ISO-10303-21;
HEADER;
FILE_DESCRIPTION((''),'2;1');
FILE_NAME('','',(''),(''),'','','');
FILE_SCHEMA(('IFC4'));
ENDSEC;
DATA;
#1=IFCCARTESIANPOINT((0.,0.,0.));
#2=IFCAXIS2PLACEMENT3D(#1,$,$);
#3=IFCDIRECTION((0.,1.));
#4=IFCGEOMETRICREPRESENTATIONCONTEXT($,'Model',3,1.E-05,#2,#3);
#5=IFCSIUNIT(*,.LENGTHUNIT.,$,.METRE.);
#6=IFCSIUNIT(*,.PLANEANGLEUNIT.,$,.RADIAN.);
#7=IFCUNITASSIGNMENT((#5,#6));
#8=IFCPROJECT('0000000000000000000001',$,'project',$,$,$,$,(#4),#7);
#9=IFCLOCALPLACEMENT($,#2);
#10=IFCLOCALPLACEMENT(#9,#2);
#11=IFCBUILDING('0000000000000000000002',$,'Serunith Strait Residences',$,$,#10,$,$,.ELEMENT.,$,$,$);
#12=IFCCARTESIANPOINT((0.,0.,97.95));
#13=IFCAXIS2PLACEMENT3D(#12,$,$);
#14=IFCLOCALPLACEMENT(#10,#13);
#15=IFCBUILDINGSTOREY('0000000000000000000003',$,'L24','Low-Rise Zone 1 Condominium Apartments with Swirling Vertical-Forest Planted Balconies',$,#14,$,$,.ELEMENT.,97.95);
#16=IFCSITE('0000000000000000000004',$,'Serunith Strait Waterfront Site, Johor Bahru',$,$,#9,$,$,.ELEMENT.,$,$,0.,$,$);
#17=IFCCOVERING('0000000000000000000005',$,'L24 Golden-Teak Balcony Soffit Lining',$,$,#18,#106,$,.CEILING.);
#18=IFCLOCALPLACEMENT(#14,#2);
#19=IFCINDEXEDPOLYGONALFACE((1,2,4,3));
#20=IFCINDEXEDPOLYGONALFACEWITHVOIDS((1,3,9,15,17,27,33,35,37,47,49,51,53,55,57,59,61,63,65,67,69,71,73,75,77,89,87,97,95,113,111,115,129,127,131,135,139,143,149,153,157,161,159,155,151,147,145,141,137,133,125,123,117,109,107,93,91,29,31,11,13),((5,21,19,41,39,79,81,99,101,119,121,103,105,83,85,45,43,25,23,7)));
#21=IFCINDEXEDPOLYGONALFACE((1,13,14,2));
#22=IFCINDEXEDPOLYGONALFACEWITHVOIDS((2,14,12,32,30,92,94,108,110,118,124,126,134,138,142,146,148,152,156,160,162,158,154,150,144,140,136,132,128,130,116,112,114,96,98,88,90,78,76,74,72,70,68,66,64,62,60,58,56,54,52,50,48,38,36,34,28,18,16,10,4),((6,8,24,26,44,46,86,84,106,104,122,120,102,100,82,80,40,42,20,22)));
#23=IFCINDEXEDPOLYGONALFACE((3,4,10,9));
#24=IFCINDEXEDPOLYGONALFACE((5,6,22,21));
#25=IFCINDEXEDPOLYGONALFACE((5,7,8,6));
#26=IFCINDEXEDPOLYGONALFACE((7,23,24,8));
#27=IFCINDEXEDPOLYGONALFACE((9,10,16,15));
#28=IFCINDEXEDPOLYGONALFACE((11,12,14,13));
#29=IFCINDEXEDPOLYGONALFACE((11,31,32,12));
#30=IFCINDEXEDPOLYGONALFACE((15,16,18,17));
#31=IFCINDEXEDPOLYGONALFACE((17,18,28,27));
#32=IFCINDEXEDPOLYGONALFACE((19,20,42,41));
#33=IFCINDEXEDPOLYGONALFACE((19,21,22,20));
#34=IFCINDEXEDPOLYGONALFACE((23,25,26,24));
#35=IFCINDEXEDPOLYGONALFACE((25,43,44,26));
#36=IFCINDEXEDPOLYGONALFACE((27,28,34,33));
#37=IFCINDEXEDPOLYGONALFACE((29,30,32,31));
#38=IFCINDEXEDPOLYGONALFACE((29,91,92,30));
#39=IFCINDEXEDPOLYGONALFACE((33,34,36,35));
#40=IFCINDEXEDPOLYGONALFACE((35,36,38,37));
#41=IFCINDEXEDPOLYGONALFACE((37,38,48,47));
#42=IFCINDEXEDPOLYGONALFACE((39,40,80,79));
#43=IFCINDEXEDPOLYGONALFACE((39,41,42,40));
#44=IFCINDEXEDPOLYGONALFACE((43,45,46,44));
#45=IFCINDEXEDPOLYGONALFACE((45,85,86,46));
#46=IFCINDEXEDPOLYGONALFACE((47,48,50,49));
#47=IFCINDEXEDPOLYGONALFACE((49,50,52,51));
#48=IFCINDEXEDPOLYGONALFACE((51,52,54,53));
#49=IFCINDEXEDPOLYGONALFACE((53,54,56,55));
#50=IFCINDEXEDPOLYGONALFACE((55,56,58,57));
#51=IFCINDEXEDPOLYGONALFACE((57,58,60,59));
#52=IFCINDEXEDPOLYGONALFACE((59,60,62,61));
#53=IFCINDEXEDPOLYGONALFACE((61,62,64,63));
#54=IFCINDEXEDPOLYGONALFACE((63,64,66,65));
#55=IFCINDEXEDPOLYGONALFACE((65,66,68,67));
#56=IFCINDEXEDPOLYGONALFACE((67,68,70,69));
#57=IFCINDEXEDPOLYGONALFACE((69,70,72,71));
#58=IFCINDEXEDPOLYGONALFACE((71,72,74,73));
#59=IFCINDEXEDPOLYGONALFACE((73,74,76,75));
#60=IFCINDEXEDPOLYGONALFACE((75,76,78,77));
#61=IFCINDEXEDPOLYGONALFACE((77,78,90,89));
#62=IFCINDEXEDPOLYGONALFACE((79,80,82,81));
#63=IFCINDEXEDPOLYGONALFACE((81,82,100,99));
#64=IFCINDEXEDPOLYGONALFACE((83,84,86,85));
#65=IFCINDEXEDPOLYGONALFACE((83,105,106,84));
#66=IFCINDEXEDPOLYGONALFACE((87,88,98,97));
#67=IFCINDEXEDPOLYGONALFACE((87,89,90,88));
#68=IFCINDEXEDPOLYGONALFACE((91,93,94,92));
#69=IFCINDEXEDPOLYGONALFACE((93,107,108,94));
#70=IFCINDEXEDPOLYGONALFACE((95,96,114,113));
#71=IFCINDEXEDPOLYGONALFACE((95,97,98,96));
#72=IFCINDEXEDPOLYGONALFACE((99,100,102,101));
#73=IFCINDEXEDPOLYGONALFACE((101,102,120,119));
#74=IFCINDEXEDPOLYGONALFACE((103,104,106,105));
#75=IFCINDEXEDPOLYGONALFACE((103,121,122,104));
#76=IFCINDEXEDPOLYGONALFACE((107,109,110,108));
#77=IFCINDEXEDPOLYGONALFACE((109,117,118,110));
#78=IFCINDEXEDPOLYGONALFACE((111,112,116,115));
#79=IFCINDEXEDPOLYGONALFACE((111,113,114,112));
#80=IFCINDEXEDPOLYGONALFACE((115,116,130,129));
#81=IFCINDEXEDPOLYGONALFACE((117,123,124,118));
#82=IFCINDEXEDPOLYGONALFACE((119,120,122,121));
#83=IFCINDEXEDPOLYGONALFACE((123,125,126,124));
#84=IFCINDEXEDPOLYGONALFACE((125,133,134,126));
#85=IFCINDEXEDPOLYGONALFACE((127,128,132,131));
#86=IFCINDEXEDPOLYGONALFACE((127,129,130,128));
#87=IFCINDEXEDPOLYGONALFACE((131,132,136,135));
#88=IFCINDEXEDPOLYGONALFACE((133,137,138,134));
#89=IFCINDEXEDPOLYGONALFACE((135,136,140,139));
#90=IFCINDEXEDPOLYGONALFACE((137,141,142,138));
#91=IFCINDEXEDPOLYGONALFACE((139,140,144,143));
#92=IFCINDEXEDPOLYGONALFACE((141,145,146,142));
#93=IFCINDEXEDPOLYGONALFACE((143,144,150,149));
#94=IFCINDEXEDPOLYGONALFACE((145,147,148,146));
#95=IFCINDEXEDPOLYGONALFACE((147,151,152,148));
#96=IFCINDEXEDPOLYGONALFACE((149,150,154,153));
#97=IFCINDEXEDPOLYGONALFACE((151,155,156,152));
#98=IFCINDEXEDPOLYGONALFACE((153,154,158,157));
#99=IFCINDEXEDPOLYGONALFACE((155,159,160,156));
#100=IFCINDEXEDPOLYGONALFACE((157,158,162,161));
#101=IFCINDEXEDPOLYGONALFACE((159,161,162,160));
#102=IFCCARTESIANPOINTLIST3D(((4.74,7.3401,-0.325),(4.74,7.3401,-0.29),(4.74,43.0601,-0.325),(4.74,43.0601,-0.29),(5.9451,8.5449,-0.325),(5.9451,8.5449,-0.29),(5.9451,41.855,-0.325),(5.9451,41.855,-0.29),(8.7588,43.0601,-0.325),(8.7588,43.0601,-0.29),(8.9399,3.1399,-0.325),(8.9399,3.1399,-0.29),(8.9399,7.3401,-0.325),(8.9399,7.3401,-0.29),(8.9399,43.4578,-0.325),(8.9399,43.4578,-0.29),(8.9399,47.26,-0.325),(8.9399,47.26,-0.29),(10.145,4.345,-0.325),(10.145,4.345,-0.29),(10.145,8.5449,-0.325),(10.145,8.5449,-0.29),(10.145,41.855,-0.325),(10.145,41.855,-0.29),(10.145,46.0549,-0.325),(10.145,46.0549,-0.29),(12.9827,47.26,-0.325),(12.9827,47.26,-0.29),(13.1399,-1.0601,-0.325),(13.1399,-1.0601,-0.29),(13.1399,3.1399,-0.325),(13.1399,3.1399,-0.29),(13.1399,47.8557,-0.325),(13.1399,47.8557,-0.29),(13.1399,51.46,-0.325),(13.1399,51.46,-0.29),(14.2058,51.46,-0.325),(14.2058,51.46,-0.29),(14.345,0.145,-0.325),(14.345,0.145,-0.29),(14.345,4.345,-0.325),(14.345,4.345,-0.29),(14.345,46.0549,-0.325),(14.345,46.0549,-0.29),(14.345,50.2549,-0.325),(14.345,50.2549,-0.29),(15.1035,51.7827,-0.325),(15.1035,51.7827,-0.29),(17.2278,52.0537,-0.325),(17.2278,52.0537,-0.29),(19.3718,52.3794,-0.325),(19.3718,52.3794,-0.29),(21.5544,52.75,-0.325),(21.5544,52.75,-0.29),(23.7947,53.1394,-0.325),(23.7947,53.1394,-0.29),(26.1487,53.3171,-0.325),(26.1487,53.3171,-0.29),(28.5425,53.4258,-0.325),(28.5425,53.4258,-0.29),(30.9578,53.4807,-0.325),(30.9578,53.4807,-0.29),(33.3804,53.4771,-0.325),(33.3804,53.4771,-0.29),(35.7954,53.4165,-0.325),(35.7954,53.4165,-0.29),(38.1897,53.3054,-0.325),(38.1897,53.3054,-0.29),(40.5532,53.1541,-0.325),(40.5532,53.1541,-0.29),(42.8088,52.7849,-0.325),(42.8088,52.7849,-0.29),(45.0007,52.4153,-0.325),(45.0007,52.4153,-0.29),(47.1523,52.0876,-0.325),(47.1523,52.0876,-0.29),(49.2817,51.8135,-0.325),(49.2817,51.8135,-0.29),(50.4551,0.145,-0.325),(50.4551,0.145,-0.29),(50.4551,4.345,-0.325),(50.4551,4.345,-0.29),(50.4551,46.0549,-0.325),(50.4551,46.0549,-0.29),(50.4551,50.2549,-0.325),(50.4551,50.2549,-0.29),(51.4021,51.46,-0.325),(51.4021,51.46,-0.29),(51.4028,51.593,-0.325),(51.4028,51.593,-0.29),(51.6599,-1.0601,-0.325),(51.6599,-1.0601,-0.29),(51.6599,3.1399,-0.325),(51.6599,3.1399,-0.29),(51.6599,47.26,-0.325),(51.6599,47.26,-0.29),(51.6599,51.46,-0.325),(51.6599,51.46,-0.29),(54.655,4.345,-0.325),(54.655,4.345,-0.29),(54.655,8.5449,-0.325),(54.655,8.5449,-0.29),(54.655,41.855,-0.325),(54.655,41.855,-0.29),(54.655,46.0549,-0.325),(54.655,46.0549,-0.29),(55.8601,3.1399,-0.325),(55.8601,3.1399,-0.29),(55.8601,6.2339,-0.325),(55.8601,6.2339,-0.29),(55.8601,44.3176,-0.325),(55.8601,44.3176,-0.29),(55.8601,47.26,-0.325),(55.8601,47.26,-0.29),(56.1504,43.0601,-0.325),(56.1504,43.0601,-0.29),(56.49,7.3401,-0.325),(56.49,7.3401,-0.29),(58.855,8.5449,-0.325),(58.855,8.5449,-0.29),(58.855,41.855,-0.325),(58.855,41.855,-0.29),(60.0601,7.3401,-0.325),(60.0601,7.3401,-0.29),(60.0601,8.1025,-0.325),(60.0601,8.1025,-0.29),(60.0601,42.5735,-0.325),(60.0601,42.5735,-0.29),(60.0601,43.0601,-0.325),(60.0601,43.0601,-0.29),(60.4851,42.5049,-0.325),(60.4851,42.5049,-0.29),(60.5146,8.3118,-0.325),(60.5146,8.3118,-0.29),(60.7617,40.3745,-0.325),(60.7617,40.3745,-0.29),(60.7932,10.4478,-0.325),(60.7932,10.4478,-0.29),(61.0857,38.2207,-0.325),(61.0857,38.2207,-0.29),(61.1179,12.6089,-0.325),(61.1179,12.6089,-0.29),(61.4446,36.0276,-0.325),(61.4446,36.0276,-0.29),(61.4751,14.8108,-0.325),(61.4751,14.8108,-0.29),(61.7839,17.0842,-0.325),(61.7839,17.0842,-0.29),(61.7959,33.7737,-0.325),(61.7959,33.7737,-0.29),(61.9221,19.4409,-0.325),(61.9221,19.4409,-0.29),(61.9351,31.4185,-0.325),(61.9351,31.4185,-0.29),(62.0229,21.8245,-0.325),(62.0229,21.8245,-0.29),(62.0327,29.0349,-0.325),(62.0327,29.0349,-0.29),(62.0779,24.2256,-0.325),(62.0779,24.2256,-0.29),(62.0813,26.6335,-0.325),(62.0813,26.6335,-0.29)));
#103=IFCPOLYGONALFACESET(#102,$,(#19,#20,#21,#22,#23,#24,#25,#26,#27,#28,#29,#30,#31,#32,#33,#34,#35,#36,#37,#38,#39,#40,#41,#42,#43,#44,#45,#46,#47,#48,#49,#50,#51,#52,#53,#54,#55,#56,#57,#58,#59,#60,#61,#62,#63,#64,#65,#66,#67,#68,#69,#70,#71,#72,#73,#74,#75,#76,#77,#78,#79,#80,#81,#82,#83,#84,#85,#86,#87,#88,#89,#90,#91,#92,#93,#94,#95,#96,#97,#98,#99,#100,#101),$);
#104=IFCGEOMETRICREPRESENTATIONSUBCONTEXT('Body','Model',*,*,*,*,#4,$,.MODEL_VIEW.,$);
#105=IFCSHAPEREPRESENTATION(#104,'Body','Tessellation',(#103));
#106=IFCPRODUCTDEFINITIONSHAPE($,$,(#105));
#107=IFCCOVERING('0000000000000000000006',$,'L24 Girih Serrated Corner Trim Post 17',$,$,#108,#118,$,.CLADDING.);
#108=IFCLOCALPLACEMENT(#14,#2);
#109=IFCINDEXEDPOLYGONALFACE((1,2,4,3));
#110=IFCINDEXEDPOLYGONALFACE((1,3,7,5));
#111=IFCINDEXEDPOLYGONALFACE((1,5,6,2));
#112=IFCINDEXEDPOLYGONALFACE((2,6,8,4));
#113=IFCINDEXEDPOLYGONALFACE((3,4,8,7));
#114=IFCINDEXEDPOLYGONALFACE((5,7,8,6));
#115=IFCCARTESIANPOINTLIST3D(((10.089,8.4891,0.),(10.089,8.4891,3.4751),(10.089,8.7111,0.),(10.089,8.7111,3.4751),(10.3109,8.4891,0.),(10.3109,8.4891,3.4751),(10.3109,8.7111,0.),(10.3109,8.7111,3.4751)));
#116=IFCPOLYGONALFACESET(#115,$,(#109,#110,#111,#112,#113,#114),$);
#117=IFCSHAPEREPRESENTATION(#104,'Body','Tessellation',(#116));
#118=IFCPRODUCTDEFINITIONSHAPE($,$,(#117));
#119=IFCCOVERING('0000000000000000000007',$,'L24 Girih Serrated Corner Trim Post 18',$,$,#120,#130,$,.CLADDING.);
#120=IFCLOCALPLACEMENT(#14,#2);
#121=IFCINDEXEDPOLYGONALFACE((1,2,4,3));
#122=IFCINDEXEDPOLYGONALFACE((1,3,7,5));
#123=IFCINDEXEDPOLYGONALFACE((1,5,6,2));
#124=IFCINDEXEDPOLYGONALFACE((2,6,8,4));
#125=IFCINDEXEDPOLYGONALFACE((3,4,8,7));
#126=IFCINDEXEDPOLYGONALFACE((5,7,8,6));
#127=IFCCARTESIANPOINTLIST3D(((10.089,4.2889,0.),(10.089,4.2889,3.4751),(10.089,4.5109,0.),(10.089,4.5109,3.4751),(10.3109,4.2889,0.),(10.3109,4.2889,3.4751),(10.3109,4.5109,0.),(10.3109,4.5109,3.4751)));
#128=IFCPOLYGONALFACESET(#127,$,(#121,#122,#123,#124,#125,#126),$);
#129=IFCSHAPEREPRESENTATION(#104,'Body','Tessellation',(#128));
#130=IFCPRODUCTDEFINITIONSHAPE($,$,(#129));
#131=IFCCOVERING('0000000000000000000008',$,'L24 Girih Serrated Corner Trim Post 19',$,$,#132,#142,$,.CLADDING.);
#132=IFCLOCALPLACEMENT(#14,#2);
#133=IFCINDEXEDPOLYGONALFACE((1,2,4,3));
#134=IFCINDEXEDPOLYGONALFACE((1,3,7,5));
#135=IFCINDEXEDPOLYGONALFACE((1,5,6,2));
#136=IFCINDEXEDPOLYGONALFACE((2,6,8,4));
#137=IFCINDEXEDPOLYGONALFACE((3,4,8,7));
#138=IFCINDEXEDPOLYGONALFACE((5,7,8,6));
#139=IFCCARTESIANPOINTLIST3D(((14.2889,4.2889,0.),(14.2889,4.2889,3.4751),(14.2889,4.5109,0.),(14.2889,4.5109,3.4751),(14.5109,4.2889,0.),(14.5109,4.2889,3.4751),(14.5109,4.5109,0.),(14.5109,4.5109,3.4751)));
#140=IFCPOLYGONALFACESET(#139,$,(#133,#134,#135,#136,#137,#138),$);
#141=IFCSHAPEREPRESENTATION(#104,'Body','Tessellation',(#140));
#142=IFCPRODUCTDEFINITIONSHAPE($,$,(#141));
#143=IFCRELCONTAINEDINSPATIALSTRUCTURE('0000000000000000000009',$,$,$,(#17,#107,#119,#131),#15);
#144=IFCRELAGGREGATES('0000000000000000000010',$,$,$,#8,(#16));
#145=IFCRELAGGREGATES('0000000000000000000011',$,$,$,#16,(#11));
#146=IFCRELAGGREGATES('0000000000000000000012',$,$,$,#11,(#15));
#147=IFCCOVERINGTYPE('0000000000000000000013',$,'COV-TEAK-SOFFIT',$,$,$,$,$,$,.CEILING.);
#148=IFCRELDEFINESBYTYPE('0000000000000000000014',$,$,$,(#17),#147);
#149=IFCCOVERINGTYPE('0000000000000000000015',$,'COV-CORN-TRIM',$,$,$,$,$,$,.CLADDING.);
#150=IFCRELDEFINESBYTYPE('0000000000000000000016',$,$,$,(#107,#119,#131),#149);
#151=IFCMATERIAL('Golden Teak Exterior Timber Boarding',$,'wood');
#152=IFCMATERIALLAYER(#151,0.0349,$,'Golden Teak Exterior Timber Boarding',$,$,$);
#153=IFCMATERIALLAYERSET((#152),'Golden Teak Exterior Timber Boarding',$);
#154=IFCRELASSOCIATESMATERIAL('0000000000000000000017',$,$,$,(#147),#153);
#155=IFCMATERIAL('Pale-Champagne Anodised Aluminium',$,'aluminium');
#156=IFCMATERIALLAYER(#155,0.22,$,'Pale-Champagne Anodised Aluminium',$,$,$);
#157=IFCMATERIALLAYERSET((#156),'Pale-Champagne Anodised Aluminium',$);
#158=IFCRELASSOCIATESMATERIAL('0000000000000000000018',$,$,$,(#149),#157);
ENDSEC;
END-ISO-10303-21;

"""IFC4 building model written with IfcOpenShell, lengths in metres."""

from ifc_helpers import new_model, si_unit, direction, frame, origin, origin_2d, place, context, subcontext, project, spatial, polyline, rectangle, outline, extrude, source, transform, mapped, material, layer, layer_set, type_object, element, save


model = new_model("IFC4")

# Units and contexts
model_context = context("Model", 3, precision=1e-05, world=origin(), true_north=direction((0.0, 1.0)))
body_context = subcontext(model_context, "Body", "Model", "MODEL_VIEW")
ifc_project = project(units=[si_unit("LENGTHUNIT", "METRE"), si_unit("PLANEANGLEUNIT", "RADIAN")], contexts=[model_context])

# Site, building, storey
site_placement = place(None, origin())
site = spatial("IfcSite", under=ifc_project, at=site_placement, Name="Serunith Strait Waterfront Site, Johor Bahru", CompositionType="ELEMENT", RefElevation=0.0)
building_placement = place(site_placement, origin())
building = spatial("IfcBuilding", under=site, at=building_placement, Name="Serunith Strait Residences", CompositionType="ELEMENT")
storey_placement = place(building_placement, frame((0.0, 0.0, 97.95)))
storey = spatial("IfcBuildingStorey", under=building, at=storey_placement, Name="L24", Description="Low-Rise Zone 1 Condominium Apartments with Swirling Vertical-Forest Planted Balconies", CompositionType="ELEMENT", Elevation=97.95)

# Shared definitions
ifc_material_1 = material(Name="Pale-Champagne Anodised Aluminium", Category="aluminium")

# Covering
ifc_material_2 = material(Name="Golden Teak Exterior Timber Boarding", Category="wood")
ifc_layer_1 = layer(ifc_material_2, 0.0349, Name="Golden Teak Exterior Timber Boarding")
ifc_layer_set_1 = layer_set([ifc_layer_1], Name="Golden Teak Exterior Timber Boarding")
covering_type_1 = type_object("IfcCoveringType", Name="COV-TEAK-SOFFIT", PredefinedType="CEILING", material=ifc_layer_set_1)
covering_1_placement = place(storey_placement, frame((0.0, 0.0, -0.325)))
element("IfcCovering", 1, at=covering_1_placement, inside=storey, type_object=covering_type_1, Name="L24 Golden-Teak Balcony Soffit Lining", PredefinedType="CEILING", context=body_context, shape_type="SweptSolid", body=[
    extrude(outline(polyline([(12.9827, 47.26), (13.1399, 47.8557), (13.1399, 51.46), (14.2058, 51.46), (15.1035, 51.7827), (17.2278, 52.0537), (19.3718, 52.3794), (21.5544, 52.75), (23.7947, 53.1394), (26.1487, 53.3171), (28.5425, 53.4258), (30.9578, 53.4807), (33.3804, 53.4771), (35.7954, 53.4165), (38.1897, 53.3054), (40.5532, 53.1541), (42.8088, 52.7849), (45.0007, 52.4153), (47.1523, 52.0876), (49.2817, 51.8135), (51.4028, 51.593), (51.4021, 51.46), (51.6599, 51.46), (51.6599, 47.26), (55.8601, 47.26), (55.8601, 44.3176), (56.1504, 43.0601), (60.0601, 43.0601), (60.0601, 42.5735), (60.4851, 42.5049), (60.7617, 40.3745), (61.0857, 38.2207), (61.4446, 36.0276), (61.7959, 33.7737), (61.9351, 31.4185), (62.0327, 29.0349), (62.0813, 26.6335), (62.0779, 24.2256), (62.0229, 21.8245), (61.9221, 19.4409), (61.7839, 17.0842), (61.4751, 14.8108), (61.1179, 12.6089), (60.7932, 10.4478), (60.5146, 8.3118), (60.0601, 8.1025), (60.0601, 7.3401), (56.49, 7.3401), (55.8601, 6.2339), (55.8601, 3.1399), (51.6599, 3.1399), (51.6599, -1.0601), (13.1399, -1.0601), (13.1399, 3.1399), (8.9399, 3.1399), (8.9399, 7.3401), (4.74, 7.3401), (4.74, 43.0601), (8.7588, 43.0601), (8.9399, 43.4578), (8.9399, 47.26), (12.9827, 47.26)]), holes=[polyline([(50.4551, 0.145), (50.4551, 4.345), (54.655, 4.345), (54.655, 8.5449), (58.855, 8.5449), (58.855, 41.855), (54.655, 41.855), (54.655, 46.0549), (50.4551, 46.0549), (50.4551, 50.2549), (14.345, 50.2549), (14.345, 46.0549), (10.145, 46.0549), (10.145, 41.855), (5.9451, 41.855), (5.9451, 8.5449), (10.145, 8.5449), (10.145, 4.345), (14.345, 4.345), (14.345, 0.145), (50.4551, 0.145)])]), origin(), (0.0, 0.0, 1.0), 0.0349),
])

# Coverings
ifc_layer_2 = layer(ifc_material_1, 0.22, Name="Pale-Champagne Anodised Aluminium")
ifc_layer_set_2 = layer_set([ifc_layer_2], Name="Pale-Champagne Anodised Aluminium")
covering_type_2 = type_object("IfcCoveringType", Name="COV-CORN-TRIM", PredefinedType="CLADDING", material=ifc_layer_set_2)
shared_shape_1 = source(origin(), body_context, "Body", "SweptSolid", [
    extrude(rectangle(XDim=0.2219, YDim=0.2219, at=origin_2d()), origin(), (0.0, 0.0, 1.0), 3.4751),
])
for number, where, z_axis, x_axis, name in (
    (2, (10.2, 8.6001, 0.0), (0.0, 0.0, 1.0), (1.0, 0.0, 0.0), "L24 Girih Serrated Corner Trim Post 17"),
    (3, (10.2, 4.3999, 0.0), (0.0, 0.0, 1.0), (1.0, 0.0, 0.0), "L24 Girih Serrated Corner Trim Post 18"),
    (4, (14.3999, 4.3999, 0.0), (0.0, 0.0, 1.0), (1.0, 0.0, 0.0), "L24 Girih Serrated Corner Trim Post 19"),
):
    element("IfcCovering", number, at=place(storey_placement, frame(where, z_axis=z_axis, x_axis=x_axis)), inside=storey, type_object=covering_type_2, Name=name, PredefinedType="CLADDING", context=body_context, shape_type="MappedRepresentation", body=[
        mapped(shared_shape_1, transform((0.0, 0.0, 0.0), scale=1.0)),
    ])

save(model, "model.ifc")
